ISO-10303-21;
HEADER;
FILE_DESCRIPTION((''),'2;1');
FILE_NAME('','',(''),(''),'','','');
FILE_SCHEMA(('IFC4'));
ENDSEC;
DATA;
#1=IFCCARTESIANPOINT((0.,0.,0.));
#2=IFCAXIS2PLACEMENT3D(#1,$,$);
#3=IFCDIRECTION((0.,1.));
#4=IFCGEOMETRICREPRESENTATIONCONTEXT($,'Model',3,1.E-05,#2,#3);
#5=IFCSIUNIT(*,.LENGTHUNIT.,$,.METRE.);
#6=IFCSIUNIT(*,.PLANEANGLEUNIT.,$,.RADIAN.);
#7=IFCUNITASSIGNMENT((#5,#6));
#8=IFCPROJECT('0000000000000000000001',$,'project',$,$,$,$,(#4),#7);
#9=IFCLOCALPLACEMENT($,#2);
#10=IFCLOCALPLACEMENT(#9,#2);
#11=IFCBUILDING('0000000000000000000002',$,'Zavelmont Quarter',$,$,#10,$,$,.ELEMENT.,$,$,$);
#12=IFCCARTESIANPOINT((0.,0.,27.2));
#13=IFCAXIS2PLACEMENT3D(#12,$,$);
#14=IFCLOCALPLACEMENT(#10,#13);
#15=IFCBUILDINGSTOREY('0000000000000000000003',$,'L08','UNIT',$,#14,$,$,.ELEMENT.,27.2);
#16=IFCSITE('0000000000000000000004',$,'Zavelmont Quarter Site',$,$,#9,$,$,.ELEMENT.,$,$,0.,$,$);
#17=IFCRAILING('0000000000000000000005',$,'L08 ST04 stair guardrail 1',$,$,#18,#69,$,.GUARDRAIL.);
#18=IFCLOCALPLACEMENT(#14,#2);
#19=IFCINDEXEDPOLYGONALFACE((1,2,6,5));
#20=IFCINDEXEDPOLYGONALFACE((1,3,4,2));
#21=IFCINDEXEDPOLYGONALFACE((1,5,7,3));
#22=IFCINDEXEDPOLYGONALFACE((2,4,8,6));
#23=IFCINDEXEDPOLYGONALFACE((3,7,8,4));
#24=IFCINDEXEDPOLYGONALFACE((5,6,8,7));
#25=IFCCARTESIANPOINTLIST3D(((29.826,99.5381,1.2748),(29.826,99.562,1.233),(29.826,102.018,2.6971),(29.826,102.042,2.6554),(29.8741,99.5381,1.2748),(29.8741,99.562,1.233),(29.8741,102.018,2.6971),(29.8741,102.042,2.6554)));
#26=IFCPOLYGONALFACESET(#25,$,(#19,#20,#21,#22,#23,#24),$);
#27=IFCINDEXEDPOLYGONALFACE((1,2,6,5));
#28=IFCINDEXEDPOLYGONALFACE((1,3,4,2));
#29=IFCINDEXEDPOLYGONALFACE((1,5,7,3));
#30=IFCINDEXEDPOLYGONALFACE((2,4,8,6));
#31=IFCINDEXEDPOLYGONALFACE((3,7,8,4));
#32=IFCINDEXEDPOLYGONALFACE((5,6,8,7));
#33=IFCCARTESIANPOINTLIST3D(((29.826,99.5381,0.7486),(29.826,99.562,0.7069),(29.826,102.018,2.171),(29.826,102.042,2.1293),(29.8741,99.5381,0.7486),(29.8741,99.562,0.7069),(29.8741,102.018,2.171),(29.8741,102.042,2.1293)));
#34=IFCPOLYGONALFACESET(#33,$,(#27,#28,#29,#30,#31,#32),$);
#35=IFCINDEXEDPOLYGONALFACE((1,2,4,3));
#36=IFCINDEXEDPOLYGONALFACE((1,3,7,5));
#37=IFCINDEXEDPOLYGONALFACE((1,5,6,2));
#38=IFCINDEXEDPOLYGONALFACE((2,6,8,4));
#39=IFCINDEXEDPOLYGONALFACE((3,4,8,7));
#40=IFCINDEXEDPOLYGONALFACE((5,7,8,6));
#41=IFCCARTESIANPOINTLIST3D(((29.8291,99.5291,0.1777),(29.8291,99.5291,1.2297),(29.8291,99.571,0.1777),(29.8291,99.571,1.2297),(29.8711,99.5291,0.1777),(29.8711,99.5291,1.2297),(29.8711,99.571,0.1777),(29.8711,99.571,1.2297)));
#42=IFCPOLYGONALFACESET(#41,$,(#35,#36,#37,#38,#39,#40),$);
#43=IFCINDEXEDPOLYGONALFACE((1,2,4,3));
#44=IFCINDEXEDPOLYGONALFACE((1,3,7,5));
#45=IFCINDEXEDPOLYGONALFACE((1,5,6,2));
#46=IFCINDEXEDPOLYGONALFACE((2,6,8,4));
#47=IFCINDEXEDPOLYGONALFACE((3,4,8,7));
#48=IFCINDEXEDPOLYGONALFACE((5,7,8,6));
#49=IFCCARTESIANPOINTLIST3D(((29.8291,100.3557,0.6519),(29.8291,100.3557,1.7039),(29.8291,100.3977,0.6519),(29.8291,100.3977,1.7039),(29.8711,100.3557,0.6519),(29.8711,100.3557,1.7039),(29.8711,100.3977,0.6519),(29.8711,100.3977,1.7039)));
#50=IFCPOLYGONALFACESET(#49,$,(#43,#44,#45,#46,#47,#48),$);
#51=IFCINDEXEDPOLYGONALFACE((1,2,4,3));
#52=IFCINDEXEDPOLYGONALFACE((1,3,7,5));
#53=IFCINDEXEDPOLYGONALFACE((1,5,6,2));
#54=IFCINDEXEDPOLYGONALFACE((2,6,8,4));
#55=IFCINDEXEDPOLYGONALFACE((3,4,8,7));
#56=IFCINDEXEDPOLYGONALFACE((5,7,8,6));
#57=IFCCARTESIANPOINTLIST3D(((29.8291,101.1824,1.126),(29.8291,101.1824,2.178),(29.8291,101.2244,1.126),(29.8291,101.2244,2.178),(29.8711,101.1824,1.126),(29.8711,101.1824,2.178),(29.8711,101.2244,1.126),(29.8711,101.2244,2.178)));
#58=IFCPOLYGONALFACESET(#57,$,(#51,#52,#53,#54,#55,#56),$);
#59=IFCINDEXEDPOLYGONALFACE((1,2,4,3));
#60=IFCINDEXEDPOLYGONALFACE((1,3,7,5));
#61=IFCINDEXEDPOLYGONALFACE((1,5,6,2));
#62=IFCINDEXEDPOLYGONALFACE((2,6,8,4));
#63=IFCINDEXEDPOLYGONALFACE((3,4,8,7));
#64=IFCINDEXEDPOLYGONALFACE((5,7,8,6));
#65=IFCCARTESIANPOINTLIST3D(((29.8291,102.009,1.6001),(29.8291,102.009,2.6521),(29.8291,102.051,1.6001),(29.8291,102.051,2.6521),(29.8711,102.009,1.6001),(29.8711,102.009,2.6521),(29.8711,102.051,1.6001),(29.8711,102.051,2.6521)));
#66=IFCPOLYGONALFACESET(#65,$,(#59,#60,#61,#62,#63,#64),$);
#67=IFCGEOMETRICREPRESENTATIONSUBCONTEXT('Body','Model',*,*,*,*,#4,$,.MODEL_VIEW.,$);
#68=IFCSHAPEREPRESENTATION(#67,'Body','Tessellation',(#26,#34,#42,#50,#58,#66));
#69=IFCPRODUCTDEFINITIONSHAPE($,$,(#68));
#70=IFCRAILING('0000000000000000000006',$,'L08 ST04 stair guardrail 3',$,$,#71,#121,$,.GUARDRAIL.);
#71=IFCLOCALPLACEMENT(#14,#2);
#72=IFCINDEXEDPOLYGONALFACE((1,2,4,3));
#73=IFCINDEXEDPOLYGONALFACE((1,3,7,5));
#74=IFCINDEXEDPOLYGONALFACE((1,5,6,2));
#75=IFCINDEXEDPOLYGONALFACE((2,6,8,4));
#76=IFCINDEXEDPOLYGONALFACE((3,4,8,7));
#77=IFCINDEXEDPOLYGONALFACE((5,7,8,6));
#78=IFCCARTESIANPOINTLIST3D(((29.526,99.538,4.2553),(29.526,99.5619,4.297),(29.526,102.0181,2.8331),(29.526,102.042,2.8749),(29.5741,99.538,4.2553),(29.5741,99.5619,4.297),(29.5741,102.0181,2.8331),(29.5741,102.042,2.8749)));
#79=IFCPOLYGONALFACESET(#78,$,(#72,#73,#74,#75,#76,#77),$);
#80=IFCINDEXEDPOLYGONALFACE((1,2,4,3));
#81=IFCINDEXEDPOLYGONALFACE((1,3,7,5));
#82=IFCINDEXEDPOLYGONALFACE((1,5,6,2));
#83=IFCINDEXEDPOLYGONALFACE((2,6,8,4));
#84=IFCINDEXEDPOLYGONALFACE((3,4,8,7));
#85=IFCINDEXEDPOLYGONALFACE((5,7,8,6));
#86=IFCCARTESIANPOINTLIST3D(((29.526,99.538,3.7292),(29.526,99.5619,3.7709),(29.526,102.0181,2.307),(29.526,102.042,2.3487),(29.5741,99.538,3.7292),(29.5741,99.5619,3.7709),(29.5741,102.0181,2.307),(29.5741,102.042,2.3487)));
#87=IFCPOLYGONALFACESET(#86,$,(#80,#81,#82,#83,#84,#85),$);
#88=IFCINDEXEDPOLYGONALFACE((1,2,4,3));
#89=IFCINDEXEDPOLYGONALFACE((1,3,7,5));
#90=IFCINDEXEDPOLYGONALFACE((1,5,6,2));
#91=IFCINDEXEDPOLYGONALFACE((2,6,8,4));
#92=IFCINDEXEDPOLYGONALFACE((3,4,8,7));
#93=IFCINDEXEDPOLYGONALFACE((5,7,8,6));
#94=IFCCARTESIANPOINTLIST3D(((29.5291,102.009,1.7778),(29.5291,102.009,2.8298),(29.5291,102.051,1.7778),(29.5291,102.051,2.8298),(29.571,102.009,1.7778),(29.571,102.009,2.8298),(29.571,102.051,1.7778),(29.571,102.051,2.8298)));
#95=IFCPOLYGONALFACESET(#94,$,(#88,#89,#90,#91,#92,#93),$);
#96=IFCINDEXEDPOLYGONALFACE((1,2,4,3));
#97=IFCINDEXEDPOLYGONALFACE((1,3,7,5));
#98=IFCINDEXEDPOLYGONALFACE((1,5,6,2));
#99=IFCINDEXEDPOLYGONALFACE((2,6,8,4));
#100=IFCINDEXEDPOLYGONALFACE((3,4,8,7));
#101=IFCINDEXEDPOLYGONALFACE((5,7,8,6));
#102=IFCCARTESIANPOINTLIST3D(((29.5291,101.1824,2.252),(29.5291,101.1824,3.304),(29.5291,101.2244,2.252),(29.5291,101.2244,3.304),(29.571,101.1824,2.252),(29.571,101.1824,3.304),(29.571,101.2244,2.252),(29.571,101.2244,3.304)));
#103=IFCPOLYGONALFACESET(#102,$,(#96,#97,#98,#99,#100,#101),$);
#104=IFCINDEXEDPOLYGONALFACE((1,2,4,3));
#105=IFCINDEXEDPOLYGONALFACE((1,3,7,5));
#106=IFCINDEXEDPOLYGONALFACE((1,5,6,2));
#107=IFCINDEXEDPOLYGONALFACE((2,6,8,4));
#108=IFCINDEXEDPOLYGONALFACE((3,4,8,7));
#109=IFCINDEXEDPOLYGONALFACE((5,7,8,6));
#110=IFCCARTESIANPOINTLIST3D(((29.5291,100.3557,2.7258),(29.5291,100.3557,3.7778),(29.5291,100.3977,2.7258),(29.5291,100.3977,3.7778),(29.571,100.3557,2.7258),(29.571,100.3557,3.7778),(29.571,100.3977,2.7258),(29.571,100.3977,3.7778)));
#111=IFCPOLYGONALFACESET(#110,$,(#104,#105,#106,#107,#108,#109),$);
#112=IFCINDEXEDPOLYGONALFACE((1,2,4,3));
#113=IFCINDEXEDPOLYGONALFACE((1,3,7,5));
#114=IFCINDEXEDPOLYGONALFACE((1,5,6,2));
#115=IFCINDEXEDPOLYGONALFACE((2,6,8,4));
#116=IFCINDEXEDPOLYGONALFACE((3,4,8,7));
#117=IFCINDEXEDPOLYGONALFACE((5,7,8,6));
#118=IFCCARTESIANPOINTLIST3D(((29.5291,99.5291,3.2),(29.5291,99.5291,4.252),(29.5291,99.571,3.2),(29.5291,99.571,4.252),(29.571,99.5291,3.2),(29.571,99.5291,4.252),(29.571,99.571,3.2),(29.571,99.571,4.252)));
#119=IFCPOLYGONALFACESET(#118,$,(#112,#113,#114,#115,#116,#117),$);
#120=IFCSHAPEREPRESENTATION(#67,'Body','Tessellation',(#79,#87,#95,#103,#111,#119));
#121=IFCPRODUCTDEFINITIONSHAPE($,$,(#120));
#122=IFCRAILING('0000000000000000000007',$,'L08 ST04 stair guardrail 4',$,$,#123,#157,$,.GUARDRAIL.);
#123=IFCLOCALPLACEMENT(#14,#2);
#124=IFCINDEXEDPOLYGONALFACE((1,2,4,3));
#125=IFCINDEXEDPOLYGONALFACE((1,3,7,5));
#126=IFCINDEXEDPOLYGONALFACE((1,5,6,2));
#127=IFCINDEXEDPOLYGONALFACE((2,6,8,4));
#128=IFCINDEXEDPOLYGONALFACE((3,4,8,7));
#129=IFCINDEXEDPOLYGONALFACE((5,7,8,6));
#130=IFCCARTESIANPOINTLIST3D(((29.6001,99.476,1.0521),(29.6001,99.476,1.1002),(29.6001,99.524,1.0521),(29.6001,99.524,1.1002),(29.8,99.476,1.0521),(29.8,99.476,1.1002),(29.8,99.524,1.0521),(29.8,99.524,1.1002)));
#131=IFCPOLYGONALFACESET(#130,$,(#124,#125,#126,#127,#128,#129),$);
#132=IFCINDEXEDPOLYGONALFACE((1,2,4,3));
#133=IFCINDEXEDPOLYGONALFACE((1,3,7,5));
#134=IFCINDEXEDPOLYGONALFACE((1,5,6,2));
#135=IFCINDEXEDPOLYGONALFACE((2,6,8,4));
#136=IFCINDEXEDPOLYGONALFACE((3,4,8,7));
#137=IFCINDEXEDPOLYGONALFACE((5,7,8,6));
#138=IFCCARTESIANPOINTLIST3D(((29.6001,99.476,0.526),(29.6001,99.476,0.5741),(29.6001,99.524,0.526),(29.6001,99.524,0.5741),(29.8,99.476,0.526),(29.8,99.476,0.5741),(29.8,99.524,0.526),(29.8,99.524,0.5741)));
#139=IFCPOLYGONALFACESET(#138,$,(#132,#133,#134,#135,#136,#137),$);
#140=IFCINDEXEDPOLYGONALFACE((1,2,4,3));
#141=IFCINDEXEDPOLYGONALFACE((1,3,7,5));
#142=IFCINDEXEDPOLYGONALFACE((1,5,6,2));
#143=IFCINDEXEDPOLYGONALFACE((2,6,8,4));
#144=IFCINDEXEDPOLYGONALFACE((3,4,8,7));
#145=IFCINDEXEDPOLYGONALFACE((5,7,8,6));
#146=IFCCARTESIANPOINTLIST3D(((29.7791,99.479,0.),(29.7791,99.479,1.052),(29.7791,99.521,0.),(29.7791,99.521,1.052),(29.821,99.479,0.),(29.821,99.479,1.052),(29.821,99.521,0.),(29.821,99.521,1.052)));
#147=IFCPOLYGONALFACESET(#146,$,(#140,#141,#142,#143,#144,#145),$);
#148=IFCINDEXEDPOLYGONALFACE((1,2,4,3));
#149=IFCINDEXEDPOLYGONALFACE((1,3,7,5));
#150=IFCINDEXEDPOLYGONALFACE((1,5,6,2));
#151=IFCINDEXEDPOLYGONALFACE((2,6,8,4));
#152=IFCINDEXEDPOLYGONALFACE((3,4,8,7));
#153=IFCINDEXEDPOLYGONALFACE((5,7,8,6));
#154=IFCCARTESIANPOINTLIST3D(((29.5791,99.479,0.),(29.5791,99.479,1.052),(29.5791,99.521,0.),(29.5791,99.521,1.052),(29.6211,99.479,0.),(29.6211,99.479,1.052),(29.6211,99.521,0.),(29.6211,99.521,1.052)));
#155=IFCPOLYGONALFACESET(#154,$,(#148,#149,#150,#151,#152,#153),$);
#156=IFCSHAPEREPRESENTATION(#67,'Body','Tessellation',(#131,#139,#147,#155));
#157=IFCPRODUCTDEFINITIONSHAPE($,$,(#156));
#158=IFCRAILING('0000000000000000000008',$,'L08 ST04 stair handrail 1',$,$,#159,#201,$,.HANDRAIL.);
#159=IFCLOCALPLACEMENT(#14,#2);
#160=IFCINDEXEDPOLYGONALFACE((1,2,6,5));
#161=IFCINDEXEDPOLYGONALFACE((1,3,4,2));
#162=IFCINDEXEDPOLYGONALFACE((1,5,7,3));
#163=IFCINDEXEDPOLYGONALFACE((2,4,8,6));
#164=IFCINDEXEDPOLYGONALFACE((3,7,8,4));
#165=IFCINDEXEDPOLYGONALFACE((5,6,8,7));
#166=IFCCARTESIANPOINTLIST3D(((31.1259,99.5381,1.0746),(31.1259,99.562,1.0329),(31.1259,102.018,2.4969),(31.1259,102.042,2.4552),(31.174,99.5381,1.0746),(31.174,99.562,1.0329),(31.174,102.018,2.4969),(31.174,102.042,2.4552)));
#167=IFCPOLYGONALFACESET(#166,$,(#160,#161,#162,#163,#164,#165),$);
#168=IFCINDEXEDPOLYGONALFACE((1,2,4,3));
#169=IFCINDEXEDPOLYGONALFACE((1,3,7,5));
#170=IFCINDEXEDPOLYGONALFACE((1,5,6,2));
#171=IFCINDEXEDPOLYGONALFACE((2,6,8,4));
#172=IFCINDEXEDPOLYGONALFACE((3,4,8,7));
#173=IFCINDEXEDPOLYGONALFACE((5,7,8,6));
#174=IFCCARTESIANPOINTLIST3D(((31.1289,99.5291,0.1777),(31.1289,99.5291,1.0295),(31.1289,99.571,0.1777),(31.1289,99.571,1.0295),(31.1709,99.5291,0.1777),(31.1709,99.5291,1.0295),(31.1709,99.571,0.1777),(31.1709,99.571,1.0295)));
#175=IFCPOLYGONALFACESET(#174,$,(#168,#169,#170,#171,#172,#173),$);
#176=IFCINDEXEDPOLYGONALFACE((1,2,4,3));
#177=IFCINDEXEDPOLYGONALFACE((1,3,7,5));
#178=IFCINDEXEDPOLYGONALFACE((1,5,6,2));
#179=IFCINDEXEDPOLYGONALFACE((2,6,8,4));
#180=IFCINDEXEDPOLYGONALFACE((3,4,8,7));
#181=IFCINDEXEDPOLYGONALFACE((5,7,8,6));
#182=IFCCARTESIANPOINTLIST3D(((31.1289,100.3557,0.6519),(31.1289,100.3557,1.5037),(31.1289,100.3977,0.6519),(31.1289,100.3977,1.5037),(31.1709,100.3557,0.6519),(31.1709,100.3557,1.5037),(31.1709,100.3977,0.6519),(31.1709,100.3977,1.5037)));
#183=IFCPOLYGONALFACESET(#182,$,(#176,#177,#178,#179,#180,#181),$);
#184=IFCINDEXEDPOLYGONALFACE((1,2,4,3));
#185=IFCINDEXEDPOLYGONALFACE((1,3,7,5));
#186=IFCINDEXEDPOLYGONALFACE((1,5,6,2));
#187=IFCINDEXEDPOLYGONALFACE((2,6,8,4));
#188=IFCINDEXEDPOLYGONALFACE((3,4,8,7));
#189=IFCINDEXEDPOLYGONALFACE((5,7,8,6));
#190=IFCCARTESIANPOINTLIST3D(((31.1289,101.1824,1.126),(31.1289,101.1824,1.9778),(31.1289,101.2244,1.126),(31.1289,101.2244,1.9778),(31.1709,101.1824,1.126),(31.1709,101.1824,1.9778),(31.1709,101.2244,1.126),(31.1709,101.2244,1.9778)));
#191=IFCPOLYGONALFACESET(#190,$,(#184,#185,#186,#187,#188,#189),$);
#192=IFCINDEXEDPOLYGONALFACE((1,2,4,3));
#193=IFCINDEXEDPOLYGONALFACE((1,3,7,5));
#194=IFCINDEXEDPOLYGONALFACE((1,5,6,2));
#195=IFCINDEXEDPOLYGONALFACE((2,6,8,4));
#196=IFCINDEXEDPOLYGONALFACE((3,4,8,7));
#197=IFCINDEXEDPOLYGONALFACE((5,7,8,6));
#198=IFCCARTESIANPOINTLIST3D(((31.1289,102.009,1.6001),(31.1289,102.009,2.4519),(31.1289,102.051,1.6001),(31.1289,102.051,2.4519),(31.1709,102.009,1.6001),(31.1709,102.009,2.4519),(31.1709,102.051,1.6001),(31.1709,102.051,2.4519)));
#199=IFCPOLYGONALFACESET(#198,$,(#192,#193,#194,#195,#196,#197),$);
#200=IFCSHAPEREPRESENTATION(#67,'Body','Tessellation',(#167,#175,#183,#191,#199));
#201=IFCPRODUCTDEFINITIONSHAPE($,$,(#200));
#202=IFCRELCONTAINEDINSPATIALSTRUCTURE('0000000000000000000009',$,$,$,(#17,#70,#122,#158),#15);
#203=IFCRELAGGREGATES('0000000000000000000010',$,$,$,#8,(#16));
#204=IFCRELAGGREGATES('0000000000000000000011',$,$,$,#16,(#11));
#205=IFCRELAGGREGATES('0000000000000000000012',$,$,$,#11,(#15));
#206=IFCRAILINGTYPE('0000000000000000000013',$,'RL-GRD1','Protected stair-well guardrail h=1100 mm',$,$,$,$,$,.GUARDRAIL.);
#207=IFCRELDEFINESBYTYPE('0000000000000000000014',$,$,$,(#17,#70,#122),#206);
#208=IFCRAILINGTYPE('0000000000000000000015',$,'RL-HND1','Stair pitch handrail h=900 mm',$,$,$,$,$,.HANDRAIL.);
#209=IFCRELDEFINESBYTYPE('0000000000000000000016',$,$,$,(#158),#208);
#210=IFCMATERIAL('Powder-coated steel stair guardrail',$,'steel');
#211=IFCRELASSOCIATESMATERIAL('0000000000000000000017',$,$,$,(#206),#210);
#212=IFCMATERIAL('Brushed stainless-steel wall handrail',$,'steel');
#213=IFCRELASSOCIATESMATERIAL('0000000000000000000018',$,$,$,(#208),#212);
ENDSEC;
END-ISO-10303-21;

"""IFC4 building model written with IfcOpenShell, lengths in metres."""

from ifc_helpers import new_model, si_unit, direction, frame, origin, origin_2d, place, context, subcontext, project, spatial, rectangle, extrude, material, type_object, element, save


model = new_model("IFC4")

# Units and contexts
model_context = context("Model", 3, precision=1e-05, world=origin(), true_north=direction((0.0, 1.0)))
body_context = subcontext(model_context, "Body", "Model", "MODEL_VIEW")
ifc_project = project(units=[si_unit("LENGTHUNIT", "METRE"), si_unit("PLANEANGLEUNIT", "RADIAN")], contexts=[model_context])

# Site, building, storey
site_placement = place(None, origin())
site = spatial("IfcSite", under=ifc_project, at=site_placement, Name="Zavelmont Quarter Site", CompositionType="ELEMENT", RefElevation=0.0)
building_placement = place(site_placement, origin())
building = spatial("IfcBuilding", under=site, at=building_placement, Name="Zavelmont Quarter", CompositionType="ELEMENT")
storey_placement = place(building_placement, frame((0.0, 0.0, 27.2)))
storey = spatial("IfcBuildingStorey", under=building, at=storey_placement, Name="L08", Description="UNIT", CompositionType="ELEMENT", Elevation=27.2)

# Railings
ifc_material_1 = material(Name="Powder-coated steel stair guardrail", Category="steel")
railing_type_1 = type_object("IfcRailingType", Name="RL-GRD1", Description="Protected stair-well guardrail h=1100 mm", PredefinedType="GUARDRAIL", material=ifc_material_1)
railing_1_placement = place(storey_placement, frame((29.8501, 99.55, 0.1777)))
element("IfcRailing", 1, at=railing_1_placement, inside=storey, type_object=railing_type_1, Name="L08 ST04 stair guardrail 1", PredefinedType="GUARDRAIL", context=body_context, shape_type="SweptSolid", body=[
    extrude(rectangle(XDim=0.0481, YDim=0.0481, at=origin_2d()), frame((0.0, 0.0, 1.0762), z_axis=(0.0, 0.867454, 0.497518), x_axis=(-1.0, 0.0, 0.0)), (0.0, 0.0, 1.0), 2.8589),
    extrude(rectangle(XDim=0.0481, YDim=0.0481, at=origin_2d()), frame((0.0, 0.0, 0.55), z_axis=(0.0, 0.867454, 0.497518), x_axis=(-1.0, 0.0, 0.0)), (0.0, 0.0, 1.0), 2.8589),
    extrude(rectangle(XDim=0.042, YDim=0.042, at=origin_2d()), origin(), (0.0, 0.0, 1.0), 1.052),
    extrude(rectangle(XDim=0.042, YDim=0.042, at=origin_2d()), frame((0.0, 0.8267, 0.4741)), (0.0, 0.0, 1.0), 1.052),
    extrude(rectangle(XDim=0.042, YDim=0.042, at=origin_2d()), frame((0.0, 1.6533, 0.9482)), (0.0, 0.0, 1.0), 1.052),
    extrude(rectangle(XDim=0.042, YDim=0.042, at=origin_2d()), frame((0.0, 2.48, 1.4224)), (0.0, 0.0, 1.0), 1.052),
])
railing_2_placement = place(storey_placement, frame((29.55, 102.03, 1.7778)))
element("IfcRailing", 2, at=railing_2_placement, inside=storey, type_object=railing_type_1, Name="L08 ST04 stair guardrail 3", PredefinedType="GUARDRAIL", context=body_context, shape_type="SweptSolid", body=[
    extrude(rectangle(XDim=0.0481, YDim=0.0481, at=origin_2d()), frame((0.0, 0.0, 1.0762), z_axis=(0.0, -0.867491, 0.497454), x_axis=(1.0, 0.0, 0.0)), (0.0, 0.0, 1.0), 2.8589),
    extrude(rectangle(XDim=0.0481, YDim=0.0481, at=origin_2d()), frame((0.0, 0.0, 0.55), z_axis=(0.0, -0.867491, 0.497454), x_axis=(1.0, 0.0, 0.0)), (0.0, 0.0, 1.0), 2.8589),
    extrude(rectangle(XDim=0.042, YDim=0.042, at=origin_2d()), origin(), (0.0, 0.0, 1.0), 1.052),
    extrude(rectangle(XDim=0.042, YDim=0.042, at=origin_2d()), frame((0.0, -0.8267, 0.4741)), (0.0, 0.0, 1.0), 1.052),
    extrude(rectangle(XDim=0.042, YDim=0.042, at=origin_2d()), frame((0.0, -1.6533, 0.948)), (0.0, 0.0, 1.0), 1.052),
    extrude(rectangle(XDim=0.042, YDim=0.042, at=origin_2d()), frame((0.0, -2.48, 1.4221)), (0.0, 0.0, 1.0), 1.052),
])
railing_3_placement = place(storey_placement, frame((29.8, 99.5, 0.0)))
element("IfcRailing", 3, at=railing_3_placement, inside=storey, type_object=railing_type_1, Name="L08 ST04 stair guardrail 4", PredefinedType="GUARDRAIL", context=body_context, shape_type="SweptSolid", body=[
    extrude(rectangle(XDim=0.0481, YDim=0.0481, at=origin_2d()), frame((0.0, 0.0, 1.0762), z_axis=(-1.0, 0.0, 0.0), x_axis=(0.0, -1.0, 0.0)), (0.0, 0.0, 1.0), 0.2),
    extrude(rectangle(XDim=0.0481, YDim=0.0481, at=origin_2d()), frame((0.0, 0.0, 0.55), z_axis=(-1.0, 0.0, 0.0), x_axis=(0.0, -1.0, 0.0)), (0.0, 0.0, 1.0), 0.2),
    extrude(rectangle(XDim=0.042, YDim=0.042, at=origin_2d()), origin(), (0.0, 0.0, 1.0), 1.052),
    extrude(rectangle(XDim=0.042, YDim=0.042, at=origin_2d()), frame((-0.2, 0.0, 0.0)), (0.0, 0.0, 1.0), 1.052),
])
ifc_material_2 = material(Name="Brushed stainless-steel wall handrail", Category="steel")
railing_type_2 = type_object("IfcRailingType", Name="RL-HND1", Description="Stair pitch handrail h=900 mm", PredefinedType="HANDRAIL", material=ifc_material_2)
railing_4_placement = place(storey_placement, frame((31.1499, 99.55, 0.1777)))
element("IfcRailing", 4, at=railing_4_placement, inside=storey, type_object=railing_type_2, Name="L08 ST04 stair handrail 1", PredefinedType="HANDRAIL", context=body_context, shape_type="SweptSolid", body=[
    extrude(rectangle(XDim=0.0481, YDim=0.0481, at=origin_2d()), frame((0.0, 0.0, 0.876), z_axis=(0.0, 0.867454, 0.497518), x_axis=(-1.0, 0.0, 0.0)), (0.0, 0.0, 1.0), 2.8589),
    extrude(rectangle(XDim=0.042, YDim=0.042, at=origin_2d()), origin(), (0.0, 0.0, 1.0), 0.8518),
    extrude(rectangle(XDim=0.042, YDim=0.042, at=origin_2d()), frame((0.0, 0.8267, 0.4741)), (0.0, 0.0, 1.0), 0.8518),
    extrude(rectangle(XDim=0.042, YDim=0.042, at=origin_2d()), frame((0.0, 1.6533, 0.9482)), (0.0, 0.0, 1.0), 0.8518),
    extrude(rectangle(XDim=0.042, YDim=0.042, at=origin_2d()), frame((0.0, 2.48, 1.4224)), (0.0, 0.0, 1.0), 0.8518),
])

save(model, "model.ifc")
